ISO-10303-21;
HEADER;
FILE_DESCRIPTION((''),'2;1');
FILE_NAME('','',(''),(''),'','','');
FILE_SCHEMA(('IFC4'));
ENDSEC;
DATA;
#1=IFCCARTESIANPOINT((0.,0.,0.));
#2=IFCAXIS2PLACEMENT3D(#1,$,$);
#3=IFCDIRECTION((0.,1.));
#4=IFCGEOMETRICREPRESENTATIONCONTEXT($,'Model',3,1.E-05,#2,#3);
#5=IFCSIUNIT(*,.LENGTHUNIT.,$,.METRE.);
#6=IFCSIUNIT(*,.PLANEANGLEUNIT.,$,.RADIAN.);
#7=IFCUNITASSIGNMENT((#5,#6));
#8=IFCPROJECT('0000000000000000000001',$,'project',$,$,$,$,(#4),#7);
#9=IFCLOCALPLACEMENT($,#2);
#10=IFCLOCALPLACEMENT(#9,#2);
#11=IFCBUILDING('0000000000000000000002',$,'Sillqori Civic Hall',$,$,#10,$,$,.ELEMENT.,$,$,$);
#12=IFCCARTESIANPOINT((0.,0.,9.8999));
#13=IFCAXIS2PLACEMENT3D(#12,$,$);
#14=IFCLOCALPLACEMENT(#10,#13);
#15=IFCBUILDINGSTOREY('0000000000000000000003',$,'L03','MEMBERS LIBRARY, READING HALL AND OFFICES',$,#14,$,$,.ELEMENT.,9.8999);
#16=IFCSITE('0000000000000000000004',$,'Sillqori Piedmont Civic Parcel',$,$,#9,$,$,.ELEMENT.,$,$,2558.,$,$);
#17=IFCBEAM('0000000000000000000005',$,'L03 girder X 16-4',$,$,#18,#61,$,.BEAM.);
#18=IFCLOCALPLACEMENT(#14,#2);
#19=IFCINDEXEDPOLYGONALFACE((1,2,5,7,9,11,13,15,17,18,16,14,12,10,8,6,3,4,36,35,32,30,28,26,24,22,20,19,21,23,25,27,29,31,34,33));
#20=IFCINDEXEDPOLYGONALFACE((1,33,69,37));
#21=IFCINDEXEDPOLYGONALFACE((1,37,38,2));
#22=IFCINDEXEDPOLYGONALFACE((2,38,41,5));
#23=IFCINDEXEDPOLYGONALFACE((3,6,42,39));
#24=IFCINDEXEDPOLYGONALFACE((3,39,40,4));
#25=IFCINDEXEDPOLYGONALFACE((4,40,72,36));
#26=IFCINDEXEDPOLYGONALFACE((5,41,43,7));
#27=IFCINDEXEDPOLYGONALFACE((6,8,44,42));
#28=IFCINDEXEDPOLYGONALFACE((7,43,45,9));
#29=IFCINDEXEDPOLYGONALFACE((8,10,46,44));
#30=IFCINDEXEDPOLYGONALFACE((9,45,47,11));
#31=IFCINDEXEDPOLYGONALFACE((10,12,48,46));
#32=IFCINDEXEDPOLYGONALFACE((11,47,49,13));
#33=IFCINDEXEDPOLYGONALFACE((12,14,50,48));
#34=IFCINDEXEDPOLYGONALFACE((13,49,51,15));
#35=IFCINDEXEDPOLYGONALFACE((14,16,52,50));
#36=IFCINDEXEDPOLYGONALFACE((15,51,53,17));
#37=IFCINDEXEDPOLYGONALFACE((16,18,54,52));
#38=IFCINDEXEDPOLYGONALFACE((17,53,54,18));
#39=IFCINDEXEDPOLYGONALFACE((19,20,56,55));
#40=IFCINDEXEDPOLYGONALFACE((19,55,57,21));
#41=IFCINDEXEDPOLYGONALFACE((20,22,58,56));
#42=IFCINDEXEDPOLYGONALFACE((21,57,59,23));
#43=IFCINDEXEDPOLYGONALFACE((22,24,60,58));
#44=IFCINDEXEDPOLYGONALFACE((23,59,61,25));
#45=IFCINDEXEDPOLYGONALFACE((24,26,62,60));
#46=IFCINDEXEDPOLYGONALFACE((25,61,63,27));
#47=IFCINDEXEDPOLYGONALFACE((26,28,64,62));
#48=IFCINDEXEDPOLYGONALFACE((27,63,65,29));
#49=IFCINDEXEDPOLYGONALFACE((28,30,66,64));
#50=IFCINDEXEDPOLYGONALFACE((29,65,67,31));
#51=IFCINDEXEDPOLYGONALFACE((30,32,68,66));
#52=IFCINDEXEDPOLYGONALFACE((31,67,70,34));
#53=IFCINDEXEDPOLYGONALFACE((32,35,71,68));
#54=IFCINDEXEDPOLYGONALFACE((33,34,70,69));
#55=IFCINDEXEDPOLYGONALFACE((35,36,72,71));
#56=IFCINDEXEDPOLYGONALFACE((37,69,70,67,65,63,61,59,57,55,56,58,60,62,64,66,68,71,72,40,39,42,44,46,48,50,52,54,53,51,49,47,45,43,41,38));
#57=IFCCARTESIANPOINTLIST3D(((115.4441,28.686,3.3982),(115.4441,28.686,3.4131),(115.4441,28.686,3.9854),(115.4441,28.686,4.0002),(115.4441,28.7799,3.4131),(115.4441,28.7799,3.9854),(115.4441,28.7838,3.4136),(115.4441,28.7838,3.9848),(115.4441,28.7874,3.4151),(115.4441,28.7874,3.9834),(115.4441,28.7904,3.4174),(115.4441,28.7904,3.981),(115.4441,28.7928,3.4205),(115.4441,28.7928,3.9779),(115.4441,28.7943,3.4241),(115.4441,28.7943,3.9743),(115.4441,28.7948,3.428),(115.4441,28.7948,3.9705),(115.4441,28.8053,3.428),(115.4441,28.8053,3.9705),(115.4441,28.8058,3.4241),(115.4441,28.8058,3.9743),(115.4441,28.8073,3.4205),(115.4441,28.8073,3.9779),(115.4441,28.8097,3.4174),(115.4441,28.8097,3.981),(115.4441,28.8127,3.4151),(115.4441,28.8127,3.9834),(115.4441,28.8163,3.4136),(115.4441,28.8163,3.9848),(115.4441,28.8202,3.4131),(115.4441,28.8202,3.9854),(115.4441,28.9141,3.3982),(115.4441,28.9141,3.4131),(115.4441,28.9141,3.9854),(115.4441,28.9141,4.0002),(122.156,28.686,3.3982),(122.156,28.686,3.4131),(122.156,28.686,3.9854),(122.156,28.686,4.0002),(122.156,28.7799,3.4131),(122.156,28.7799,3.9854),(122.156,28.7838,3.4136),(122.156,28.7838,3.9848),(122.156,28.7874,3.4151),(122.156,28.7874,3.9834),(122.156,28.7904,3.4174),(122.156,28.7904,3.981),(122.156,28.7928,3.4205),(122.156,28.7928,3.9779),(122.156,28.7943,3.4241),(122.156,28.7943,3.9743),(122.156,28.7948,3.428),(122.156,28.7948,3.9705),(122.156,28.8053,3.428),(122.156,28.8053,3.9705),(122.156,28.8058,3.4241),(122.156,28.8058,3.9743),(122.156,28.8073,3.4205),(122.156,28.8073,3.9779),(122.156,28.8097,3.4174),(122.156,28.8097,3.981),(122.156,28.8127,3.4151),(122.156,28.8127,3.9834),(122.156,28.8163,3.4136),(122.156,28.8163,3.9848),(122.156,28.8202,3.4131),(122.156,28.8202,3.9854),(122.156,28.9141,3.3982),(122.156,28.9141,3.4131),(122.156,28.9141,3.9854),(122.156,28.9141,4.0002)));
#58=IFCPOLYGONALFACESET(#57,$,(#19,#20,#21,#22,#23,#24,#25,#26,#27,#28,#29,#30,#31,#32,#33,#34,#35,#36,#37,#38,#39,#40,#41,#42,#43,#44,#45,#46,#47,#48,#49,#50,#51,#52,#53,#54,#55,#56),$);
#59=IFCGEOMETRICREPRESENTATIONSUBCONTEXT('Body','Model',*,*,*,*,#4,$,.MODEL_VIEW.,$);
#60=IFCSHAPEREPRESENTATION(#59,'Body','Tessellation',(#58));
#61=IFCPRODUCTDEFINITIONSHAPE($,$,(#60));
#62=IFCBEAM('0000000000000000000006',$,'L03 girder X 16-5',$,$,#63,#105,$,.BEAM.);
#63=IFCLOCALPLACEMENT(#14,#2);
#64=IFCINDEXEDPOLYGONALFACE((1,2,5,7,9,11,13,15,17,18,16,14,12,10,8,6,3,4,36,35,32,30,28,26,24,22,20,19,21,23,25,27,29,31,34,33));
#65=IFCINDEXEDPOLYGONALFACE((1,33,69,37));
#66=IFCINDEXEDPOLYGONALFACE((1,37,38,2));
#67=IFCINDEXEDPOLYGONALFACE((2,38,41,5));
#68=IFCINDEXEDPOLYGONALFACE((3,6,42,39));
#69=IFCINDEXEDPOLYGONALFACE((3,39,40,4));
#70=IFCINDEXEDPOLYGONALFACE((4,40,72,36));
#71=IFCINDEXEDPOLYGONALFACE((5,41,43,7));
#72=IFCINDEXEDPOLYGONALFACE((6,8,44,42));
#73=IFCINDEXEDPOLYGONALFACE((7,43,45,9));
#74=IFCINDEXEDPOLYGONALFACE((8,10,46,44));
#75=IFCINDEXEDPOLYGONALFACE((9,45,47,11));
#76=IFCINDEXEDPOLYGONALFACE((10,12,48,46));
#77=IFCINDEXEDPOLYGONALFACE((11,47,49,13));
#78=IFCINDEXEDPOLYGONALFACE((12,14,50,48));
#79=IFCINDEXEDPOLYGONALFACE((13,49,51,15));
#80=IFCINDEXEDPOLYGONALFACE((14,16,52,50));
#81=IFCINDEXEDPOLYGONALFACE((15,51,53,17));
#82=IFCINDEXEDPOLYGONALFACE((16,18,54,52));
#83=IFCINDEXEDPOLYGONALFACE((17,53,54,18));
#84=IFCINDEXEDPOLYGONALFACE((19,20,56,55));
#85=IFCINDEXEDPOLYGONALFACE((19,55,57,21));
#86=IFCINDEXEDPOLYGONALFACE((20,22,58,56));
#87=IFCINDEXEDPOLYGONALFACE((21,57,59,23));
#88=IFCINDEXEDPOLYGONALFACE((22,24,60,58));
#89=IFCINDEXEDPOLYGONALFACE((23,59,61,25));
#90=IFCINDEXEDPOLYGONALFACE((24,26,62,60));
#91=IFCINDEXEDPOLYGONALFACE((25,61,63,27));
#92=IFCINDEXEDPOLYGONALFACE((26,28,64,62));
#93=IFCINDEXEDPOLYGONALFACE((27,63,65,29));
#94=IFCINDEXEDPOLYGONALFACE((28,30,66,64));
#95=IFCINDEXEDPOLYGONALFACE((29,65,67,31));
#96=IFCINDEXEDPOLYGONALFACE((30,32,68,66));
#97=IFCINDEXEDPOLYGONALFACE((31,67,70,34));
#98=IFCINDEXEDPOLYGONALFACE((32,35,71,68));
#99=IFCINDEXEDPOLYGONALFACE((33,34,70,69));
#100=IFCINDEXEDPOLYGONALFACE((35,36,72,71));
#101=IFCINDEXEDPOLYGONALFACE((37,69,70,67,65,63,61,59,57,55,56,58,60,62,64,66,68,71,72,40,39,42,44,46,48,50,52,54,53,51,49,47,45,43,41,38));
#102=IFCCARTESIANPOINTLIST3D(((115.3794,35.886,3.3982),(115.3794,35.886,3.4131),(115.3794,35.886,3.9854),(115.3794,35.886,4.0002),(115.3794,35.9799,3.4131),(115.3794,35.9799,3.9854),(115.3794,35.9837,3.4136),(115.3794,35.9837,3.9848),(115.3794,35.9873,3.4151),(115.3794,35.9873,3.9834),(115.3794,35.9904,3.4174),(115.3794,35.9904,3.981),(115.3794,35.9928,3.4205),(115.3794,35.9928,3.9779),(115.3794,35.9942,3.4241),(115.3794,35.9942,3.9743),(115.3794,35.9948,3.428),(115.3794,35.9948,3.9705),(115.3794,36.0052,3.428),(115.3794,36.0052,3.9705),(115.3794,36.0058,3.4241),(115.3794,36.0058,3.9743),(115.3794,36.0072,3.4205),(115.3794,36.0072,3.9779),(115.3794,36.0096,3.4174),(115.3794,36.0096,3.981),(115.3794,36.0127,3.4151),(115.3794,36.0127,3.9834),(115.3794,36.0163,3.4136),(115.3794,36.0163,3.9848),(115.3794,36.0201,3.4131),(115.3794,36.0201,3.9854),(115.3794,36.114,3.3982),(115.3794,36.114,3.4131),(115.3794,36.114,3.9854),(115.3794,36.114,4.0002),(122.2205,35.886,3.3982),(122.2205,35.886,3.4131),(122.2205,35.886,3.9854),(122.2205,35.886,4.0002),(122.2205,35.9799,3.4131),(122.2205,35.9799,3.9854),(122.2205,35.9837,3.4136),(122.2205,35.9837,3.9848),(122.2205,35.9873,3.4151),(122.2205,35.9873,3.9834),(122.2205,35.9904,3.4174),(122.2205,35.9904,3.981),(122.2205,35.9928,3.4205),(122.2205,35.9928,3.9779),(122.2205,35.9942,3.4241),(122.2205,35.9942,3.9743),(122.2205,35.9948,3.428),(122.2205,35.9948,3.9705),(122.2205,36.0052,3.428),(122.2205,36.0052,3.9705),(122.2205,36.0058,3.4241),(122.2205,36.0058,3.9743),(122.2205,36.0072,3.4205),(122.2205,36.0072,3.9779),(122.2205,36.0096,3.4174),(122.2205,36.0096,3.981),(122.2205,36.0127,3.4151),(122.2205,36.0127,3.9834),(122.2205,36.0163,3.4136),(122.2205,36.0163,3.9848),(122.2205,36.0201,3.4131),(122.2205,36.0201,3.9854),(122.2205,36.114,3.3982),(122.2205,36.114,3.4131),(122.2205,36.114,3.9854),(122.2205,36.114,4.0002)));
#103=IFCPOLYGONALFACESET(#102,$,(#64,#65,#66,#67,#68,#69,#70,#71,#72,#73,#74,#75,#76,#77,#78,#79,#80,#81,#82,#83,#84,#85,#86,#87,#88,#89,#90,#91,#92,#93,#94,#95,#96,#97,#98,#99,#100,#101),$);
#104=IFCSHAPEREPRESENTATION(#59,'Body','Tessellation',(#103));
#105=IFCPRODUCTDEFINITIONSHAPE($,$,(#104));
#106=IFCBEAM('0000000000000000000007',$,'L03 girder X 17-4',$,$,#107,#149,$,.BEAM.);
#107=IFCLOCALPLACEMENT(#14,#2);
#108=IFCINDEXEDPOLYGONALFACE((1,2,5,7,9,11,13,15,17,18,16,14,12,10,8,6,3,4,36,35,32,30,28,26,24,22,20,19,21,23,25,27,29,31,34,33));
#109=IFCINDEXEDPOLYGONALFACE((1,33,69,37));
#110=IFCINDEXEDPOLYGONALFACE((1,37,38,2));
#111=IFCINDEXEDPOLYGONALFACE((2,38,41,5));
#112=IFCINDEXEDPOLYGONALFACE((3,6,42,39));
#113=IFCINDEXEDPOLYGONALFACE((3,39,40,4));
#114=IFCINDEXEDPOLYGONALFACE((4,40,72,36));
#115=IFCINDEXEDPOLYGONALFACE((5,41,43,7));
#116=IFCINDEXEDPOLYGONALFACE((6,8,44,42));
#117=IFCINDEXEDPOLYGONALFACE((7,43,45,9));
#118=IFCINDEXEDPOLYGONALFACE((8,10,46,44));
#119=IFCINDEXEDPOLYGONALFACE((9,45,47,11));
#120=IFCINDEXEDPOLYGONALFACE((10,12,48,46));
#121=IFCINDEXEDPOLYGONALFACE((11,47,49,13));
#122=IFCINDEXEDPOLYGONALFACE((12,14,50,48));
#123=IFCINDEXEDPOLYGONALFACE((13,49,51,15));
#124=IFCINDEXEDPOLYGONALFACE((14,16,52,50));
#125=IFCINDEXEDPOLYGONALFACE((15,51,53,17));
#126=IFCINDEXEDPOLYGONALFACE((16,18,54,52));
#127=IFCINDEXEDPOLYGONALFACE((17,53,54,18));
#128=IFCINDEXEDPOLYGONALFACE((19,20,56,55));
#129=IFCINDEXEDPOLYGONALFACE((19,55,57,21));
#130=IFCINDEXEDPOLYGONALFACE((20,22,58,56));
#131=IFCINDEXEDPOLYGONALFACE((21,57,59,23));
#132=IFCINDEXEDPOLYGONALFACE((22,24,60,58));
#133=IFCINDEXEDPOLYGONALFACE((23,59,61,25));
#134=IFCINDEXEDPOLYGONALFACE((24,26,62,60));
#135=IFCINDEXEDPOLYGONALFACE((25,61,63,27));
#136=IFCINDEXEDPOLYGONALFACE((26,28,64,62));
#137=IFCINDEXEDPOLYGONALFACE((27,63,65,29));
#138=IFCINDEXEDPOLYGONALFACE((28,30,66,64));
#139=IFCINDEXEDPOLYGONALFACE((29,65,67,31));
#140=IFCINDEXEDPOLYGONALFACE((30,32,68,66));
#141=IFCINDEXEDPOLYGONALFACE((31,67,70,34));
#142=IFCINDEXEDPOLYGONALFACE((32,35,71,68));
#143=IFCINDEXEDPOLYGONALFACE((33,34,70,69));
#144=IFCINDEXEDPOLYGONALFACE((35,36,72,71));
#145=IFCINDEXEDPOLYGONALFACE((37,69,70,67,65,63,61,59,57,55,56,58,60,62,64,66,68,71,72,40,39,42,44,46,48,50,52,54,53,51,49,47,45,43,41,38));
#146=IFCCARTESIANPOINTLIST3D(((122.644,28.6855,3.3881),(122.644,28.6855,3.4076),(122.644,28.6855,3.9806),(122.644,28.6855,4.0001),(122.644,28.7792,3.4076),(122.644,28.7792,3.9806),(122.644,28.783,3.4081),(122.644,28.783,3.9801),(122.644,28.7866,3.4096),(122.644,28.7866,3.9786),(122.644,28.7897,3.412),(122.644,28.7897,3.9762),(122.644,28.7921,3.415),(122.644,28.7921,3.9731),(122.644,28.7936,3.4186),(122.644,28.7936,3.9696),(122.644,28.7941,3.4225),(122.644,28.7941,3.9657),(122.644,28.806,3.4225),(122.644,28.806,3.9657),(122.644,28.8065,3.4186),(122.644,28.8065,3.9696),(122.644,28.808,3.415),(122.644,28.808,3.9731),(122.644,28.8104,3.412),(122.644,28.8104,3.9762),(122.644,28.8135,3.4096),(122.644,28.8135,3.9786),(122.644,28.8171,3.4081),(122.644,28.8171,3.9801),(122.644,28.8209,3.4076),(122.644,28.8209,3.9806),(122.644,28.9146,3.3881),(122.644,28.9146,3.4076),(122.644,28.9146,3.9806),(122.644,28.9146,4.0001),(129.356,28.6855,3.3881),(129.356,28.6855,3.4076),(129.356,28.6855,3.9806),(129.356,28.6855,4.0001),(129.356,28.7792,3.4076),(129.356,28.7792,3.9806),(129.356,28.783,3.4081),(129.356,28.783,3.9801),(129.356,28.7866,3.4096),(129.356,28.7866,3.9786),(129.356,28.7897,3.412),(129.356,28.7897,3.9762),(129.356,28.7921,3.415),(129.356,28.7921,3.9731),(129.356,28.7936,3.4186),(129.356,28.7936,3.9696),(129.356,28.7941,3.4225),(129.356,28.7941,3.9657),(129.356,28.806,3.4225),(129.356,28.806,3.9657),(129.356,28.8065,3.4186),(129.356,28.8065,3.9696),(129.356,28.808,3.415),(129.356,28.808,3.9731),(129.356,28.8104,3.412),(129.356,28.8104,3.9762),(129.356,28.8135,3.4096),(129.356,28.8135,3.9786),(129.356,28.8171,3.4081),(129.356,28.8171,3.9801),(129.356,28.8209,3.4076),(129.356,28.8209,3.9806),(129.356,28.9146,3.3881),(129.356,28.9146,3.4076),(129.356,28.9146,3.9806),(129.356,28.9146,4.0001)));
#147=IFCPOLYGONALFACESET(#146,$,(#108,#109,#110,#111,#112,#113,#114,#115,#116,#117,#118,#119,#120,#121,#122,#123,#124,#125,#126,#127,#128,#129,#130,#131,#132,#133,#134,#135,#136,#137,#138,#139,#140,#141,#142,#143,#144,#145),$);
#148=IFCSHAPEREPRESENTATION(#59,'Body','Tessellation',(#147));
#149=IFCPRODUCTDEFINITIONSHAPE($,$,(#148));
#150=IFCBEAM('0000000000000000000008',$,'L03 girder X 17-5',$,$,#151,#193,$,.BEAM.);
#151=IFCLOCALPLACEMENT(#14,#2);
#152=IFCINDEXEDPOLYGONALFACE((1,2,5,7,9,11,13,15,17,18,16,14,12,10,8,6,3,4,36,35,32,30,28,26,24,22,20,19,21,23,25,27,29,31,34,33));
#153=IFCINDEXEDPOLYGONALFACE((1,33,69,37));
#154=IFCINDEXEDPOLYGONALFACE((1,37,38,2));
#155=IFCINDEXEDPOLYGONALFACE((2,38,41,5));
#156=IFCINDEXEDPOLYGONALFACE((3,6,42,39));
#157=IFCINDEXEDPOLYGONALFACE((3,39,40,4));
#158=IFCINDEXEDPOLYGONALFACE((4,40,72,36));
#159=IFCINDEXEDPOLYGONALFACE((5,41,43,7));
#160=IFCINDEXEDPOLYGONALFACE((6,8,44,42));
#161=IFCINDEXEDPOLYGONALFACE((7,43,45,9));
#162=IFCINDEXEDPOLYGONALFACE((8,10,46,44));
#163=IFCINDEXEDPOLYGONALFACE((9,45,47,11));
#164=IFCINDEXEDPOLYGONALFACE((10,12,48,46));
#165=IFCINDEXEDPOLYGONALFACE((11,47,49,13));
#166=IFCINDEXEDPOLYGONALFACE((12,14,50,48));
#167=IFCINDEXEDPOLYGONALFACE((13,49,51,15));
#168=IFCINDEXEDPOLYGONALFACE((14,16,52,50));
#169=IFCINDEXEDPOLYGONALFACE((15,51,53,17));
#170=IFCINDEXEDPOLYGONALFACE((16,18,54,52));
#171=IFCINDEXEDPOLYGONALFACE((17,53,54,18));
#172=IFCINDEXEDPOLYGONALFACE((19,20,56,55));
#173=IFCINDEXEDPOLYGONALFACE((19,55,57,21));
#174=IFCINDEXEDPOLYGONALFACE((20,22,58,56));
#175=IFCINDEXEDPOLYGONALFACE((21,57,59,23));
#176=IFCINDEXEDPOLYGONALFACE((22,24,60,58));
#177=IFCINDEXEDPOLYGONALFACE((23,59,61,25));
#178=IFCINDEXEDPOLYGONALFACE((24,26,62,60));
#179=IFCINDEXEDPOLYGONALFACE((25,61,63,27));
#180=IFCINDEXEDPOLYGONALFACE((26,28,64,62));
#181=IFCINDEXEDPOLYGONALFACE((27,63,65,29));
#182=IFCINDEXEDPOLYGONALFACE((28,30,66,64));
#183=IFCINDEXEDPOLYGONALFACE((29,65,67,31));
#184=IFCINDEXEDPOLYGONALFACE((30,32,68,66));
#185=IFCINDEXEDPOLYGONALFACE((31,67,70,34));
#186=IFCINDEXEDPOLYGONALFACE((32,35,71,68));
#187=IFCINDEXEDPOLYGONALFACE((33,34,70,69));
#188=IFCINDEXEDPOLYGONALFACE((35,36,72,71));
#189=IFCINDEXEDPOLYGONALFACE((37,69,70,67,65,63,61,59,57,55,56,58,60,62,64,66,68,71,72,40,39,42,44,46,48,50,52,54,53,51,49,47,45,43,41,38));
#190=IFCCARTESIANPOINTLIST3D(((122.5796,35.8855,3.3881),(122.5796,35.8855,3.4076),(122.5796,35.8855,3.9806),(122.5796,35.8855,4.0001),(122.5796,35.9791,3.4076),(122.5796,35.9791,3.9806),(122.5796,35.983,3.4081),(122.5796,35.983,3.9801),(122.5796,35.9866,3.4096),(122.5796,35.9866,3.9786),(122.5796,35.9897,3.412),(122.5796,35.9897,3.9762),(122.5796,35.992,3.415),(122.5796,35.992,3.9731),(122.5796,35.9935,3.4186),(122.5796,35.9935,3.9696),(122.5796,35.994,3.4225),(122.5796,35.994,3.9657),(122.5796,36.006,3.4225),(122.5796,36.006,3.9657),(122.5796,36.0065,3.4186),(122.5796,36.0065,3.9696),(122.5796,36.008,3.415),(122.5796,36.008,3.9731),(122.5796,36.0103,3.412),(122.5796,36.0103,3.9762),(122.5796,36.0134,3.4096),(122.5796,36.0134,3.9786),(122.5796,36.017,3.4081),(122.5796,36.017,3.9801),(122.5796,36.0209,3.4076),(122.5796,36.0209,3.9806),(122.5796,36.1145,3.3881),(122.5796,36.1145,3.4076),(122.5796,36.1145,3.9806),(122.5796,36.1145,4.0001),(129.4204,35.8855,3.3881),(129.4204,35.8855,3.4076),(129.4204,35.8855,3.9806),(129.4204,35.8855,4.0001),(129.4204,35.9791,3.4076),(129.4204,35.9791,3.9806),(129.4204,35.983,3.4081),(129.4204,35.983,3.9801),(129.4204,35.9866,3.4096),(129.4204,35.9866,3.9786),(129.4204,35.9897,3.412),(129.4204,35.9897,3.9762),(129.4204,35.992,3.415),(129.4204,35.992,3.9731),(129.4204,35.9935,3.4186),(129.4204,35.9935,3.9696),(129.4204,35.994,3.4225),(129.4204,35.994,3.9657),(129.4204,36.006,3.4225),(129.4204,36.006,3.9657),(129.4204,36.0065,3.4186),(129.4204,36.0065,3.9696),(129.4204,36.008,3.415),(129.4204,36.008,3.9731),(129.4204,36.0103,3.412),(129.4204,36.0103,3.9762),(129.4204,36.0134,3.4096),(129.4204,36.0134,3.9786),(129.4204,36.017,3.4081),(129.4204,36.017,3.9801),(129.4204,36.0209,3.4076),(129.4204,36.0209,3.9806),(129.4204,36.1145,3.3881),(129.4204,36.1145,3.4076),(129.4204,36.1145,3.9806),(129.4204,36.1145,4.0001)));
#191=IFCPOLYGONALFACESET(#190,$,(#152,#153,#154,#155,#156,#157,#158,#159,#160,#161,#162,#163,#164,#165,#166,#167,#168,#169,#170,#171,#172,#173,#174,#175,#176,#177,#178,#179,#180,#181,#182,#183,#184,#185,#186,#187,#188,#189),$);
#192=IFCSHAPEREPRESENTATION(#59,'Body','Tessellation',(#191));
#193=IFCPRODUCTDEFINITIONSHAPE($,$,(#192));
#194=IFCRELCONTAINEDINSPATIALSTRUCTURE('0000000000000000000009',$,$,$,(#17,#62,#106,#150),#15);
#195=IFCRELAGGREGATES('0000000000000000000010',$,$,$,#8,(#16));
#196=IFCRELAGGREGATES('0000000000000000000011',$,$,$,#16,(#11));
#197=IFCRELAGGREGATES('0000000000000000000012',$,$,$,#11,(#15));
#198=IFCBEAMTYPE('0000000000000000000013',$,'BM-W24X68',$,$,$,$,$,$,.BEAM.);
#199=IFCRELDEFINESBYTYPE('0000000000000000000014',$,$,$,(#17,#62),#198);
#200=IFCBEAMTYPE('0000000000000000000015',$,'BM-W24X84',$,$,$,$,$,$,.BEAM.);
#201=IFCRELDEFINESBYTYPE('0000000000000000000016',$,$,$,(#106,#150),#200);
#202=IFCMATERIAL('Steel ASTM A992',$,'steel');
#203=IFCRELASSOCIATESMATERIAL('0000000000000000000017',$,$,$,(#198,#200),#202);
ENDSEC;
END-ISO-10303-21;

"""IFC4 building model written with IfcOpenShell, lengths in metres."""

from ifc_helpers import new_model, si_unit, direction, frame, origin, origin_2d, place, context, subcontext, project, spatial, i_section, extrude, material, material_profile, profile_set, type_object, element, save


model = new_model("IFC4")

# Units and contexts
model_context = context("Model", 3, precision=1e-05, world=origin(), true_north=direction((0.0, 1.0)))
body_context = subcontext(model_context, "Body", "Model", "MODEL_VIEW")
ifc_project = project(units=[si_unit("LENGTHUNIT", "METRE"), si_unit("PLANEANGLEUNIT", "RADIAN")], contexts=[model_context])

# Site, building, storey
site_placement = place(None, origin())
site = spatial("IfcSite", under=ifc_project, at=site_placement, Name="Sillqori Piedmont Civic Parcel", CompositionType="ELEMENT", RefElevation=2558.0)
building_placement = place(site_placement, origin())
building = spatial("IfcBuilding", under=site, at=building_placement, Name="Sillqori Civic Hall", CompositionType="ELEMENT")
storey_placement = place(building_placement, frame((0.0, 0.0, 9.8999)))
storey = spatial("IfcBuildingStorey", under=building, at=storey_placement, Name="L03", Description="MEMBERS LIBRARY, READING HALL AND OFFICES", CompositionType="ELEMENT", Elevation=9.8999)

# Shared definitions
ifc_material_1 = material(Name="Steel ASTM A992", Category="steel")

# Beams
ifc_material_profile_1 = material_profile(ifc_material_1, i_section(OverallWidth=0.228, OverallDepth=0.6021, WebThickness=0.0105, FlangeThickness=0.0149, FilletRadius=0.0149, at=origin_2d()), Name="W24X68")
ifc_profile_set_1 = profile_set([ifc_material_profile_1], Name="Steel ASTM A992")
beam_type_1 = type_object("IfcBeamType", Name="BM-W24X68", PredefinedType="BEAM", material=ifc_profile_set_1)
beam_1_placement = place(storey_placement, frame((115.4441, 28.8, 3.6992), z_axis=(1.0, 0.0, 0.0), x_axis=(0.0, 1.0, 0.0)))
element("IfcBeam", 1, at=beam_1_placement, inside=storey, type_object=beam_type_1, Name="L03 girder X 16-4", PredefinedType="BEAM", context=body_context, shape_type="SweptSolid", body=[
    extrude(i_section(OverallWidth=0.228, OverallDepth=0.6021, WebThickness=0.0105, FlangeThickness=0.0149, FilletRadius=0.0149, at=origin_2d()), origin(), (0.0, 0.0, 1.0), 6.7119),
])
beam_2_placement = place(storey_placement, frame((115.3794, 36.0, 3.6992), z_axis=(1.0, 0.0, 0.0), x_axis=(0.0, 1.0, 0.0)))
element("IfcBeam", 2, at=beam_2_placement, inside=storey, type_object=beam_type_1, Name="L03 girder X 16-5", PredefinedType="BEAM", context=body_context, shape_type="SweptSolid", body=[
    extrude(i_section(OverallWidth=0.228, OverallDepth=0.6021, WebThickness=0.0105, FlangeThickness=0.0149, FilletRadius=0.0149, at=origin_2d()), origin(), (0.0, 0.0, 1.0), 6.8411),
])
ifc_material_profile_2 = material_profile(ifc_material_1, i_section(OverallWidth=0.229, OverallDepth=0.6121, WebThickness=0.012, FlangeThickness=0.0195, FilletRadius=0.0149, at=origin_2d()), Name="W24X84")
ifc_profile_set_2 = profile_set([ifc_material_profile_2], Name="Steel ASTM A992")
beam_type_2 = type_object("IfcBeamType", Name="BM-W24X84", PredefinedType="BEAM", material=ifc_profile_set_2)
beam_3_placement = place(storey_placement, frame((122.644, 28.8, 3.6941), z_axis=(1.0, 0.0, 0.0), x_axis=(0.0, 1.0, 0.0)))
element("IfcBeam", 3, at=beam_3_placement, inside=storey, type_object=beam_type_2, Name="L03 girder X 17-4", PredefinedType="BEAM", context=body_context, shape_type="SweptSolid", body=[
    extrude(i_section(OverallWidth=0.229, OverallDepth=0.6121, WebThickness=0.012, FlangeThickness=0.0195, FilletRadius=0.0149, at=origin_2d()), origin(), (0.0, 0.0, 1.0), 6.7119),
])
beam_4_placement = place(storey_placement, frame((122.5796, 36.0, 3.6941), z_axis=(1.0, 0.0, 0.0), x_axis=(0.0, 1.0, 0.0)))
element("IfcBeam", 4, at=beam_4_placement, inside=storey, type_object=beam_type_2, Name="L03 girder X 17-5", PredefinedType="BEAM", context=body_context, shape_type="SweptSolid", body=[
    extrude(i_section(OverallWidth=0.229, OverallDepth=0.6121, WebThickness=0.012, FlangeThickness=0.0195, FilletRadius=0.0149, at=origin_2d()), origin(), (0.0, 0.0, 1.0), 6.8408),
])

save(model, "model.ifc")
